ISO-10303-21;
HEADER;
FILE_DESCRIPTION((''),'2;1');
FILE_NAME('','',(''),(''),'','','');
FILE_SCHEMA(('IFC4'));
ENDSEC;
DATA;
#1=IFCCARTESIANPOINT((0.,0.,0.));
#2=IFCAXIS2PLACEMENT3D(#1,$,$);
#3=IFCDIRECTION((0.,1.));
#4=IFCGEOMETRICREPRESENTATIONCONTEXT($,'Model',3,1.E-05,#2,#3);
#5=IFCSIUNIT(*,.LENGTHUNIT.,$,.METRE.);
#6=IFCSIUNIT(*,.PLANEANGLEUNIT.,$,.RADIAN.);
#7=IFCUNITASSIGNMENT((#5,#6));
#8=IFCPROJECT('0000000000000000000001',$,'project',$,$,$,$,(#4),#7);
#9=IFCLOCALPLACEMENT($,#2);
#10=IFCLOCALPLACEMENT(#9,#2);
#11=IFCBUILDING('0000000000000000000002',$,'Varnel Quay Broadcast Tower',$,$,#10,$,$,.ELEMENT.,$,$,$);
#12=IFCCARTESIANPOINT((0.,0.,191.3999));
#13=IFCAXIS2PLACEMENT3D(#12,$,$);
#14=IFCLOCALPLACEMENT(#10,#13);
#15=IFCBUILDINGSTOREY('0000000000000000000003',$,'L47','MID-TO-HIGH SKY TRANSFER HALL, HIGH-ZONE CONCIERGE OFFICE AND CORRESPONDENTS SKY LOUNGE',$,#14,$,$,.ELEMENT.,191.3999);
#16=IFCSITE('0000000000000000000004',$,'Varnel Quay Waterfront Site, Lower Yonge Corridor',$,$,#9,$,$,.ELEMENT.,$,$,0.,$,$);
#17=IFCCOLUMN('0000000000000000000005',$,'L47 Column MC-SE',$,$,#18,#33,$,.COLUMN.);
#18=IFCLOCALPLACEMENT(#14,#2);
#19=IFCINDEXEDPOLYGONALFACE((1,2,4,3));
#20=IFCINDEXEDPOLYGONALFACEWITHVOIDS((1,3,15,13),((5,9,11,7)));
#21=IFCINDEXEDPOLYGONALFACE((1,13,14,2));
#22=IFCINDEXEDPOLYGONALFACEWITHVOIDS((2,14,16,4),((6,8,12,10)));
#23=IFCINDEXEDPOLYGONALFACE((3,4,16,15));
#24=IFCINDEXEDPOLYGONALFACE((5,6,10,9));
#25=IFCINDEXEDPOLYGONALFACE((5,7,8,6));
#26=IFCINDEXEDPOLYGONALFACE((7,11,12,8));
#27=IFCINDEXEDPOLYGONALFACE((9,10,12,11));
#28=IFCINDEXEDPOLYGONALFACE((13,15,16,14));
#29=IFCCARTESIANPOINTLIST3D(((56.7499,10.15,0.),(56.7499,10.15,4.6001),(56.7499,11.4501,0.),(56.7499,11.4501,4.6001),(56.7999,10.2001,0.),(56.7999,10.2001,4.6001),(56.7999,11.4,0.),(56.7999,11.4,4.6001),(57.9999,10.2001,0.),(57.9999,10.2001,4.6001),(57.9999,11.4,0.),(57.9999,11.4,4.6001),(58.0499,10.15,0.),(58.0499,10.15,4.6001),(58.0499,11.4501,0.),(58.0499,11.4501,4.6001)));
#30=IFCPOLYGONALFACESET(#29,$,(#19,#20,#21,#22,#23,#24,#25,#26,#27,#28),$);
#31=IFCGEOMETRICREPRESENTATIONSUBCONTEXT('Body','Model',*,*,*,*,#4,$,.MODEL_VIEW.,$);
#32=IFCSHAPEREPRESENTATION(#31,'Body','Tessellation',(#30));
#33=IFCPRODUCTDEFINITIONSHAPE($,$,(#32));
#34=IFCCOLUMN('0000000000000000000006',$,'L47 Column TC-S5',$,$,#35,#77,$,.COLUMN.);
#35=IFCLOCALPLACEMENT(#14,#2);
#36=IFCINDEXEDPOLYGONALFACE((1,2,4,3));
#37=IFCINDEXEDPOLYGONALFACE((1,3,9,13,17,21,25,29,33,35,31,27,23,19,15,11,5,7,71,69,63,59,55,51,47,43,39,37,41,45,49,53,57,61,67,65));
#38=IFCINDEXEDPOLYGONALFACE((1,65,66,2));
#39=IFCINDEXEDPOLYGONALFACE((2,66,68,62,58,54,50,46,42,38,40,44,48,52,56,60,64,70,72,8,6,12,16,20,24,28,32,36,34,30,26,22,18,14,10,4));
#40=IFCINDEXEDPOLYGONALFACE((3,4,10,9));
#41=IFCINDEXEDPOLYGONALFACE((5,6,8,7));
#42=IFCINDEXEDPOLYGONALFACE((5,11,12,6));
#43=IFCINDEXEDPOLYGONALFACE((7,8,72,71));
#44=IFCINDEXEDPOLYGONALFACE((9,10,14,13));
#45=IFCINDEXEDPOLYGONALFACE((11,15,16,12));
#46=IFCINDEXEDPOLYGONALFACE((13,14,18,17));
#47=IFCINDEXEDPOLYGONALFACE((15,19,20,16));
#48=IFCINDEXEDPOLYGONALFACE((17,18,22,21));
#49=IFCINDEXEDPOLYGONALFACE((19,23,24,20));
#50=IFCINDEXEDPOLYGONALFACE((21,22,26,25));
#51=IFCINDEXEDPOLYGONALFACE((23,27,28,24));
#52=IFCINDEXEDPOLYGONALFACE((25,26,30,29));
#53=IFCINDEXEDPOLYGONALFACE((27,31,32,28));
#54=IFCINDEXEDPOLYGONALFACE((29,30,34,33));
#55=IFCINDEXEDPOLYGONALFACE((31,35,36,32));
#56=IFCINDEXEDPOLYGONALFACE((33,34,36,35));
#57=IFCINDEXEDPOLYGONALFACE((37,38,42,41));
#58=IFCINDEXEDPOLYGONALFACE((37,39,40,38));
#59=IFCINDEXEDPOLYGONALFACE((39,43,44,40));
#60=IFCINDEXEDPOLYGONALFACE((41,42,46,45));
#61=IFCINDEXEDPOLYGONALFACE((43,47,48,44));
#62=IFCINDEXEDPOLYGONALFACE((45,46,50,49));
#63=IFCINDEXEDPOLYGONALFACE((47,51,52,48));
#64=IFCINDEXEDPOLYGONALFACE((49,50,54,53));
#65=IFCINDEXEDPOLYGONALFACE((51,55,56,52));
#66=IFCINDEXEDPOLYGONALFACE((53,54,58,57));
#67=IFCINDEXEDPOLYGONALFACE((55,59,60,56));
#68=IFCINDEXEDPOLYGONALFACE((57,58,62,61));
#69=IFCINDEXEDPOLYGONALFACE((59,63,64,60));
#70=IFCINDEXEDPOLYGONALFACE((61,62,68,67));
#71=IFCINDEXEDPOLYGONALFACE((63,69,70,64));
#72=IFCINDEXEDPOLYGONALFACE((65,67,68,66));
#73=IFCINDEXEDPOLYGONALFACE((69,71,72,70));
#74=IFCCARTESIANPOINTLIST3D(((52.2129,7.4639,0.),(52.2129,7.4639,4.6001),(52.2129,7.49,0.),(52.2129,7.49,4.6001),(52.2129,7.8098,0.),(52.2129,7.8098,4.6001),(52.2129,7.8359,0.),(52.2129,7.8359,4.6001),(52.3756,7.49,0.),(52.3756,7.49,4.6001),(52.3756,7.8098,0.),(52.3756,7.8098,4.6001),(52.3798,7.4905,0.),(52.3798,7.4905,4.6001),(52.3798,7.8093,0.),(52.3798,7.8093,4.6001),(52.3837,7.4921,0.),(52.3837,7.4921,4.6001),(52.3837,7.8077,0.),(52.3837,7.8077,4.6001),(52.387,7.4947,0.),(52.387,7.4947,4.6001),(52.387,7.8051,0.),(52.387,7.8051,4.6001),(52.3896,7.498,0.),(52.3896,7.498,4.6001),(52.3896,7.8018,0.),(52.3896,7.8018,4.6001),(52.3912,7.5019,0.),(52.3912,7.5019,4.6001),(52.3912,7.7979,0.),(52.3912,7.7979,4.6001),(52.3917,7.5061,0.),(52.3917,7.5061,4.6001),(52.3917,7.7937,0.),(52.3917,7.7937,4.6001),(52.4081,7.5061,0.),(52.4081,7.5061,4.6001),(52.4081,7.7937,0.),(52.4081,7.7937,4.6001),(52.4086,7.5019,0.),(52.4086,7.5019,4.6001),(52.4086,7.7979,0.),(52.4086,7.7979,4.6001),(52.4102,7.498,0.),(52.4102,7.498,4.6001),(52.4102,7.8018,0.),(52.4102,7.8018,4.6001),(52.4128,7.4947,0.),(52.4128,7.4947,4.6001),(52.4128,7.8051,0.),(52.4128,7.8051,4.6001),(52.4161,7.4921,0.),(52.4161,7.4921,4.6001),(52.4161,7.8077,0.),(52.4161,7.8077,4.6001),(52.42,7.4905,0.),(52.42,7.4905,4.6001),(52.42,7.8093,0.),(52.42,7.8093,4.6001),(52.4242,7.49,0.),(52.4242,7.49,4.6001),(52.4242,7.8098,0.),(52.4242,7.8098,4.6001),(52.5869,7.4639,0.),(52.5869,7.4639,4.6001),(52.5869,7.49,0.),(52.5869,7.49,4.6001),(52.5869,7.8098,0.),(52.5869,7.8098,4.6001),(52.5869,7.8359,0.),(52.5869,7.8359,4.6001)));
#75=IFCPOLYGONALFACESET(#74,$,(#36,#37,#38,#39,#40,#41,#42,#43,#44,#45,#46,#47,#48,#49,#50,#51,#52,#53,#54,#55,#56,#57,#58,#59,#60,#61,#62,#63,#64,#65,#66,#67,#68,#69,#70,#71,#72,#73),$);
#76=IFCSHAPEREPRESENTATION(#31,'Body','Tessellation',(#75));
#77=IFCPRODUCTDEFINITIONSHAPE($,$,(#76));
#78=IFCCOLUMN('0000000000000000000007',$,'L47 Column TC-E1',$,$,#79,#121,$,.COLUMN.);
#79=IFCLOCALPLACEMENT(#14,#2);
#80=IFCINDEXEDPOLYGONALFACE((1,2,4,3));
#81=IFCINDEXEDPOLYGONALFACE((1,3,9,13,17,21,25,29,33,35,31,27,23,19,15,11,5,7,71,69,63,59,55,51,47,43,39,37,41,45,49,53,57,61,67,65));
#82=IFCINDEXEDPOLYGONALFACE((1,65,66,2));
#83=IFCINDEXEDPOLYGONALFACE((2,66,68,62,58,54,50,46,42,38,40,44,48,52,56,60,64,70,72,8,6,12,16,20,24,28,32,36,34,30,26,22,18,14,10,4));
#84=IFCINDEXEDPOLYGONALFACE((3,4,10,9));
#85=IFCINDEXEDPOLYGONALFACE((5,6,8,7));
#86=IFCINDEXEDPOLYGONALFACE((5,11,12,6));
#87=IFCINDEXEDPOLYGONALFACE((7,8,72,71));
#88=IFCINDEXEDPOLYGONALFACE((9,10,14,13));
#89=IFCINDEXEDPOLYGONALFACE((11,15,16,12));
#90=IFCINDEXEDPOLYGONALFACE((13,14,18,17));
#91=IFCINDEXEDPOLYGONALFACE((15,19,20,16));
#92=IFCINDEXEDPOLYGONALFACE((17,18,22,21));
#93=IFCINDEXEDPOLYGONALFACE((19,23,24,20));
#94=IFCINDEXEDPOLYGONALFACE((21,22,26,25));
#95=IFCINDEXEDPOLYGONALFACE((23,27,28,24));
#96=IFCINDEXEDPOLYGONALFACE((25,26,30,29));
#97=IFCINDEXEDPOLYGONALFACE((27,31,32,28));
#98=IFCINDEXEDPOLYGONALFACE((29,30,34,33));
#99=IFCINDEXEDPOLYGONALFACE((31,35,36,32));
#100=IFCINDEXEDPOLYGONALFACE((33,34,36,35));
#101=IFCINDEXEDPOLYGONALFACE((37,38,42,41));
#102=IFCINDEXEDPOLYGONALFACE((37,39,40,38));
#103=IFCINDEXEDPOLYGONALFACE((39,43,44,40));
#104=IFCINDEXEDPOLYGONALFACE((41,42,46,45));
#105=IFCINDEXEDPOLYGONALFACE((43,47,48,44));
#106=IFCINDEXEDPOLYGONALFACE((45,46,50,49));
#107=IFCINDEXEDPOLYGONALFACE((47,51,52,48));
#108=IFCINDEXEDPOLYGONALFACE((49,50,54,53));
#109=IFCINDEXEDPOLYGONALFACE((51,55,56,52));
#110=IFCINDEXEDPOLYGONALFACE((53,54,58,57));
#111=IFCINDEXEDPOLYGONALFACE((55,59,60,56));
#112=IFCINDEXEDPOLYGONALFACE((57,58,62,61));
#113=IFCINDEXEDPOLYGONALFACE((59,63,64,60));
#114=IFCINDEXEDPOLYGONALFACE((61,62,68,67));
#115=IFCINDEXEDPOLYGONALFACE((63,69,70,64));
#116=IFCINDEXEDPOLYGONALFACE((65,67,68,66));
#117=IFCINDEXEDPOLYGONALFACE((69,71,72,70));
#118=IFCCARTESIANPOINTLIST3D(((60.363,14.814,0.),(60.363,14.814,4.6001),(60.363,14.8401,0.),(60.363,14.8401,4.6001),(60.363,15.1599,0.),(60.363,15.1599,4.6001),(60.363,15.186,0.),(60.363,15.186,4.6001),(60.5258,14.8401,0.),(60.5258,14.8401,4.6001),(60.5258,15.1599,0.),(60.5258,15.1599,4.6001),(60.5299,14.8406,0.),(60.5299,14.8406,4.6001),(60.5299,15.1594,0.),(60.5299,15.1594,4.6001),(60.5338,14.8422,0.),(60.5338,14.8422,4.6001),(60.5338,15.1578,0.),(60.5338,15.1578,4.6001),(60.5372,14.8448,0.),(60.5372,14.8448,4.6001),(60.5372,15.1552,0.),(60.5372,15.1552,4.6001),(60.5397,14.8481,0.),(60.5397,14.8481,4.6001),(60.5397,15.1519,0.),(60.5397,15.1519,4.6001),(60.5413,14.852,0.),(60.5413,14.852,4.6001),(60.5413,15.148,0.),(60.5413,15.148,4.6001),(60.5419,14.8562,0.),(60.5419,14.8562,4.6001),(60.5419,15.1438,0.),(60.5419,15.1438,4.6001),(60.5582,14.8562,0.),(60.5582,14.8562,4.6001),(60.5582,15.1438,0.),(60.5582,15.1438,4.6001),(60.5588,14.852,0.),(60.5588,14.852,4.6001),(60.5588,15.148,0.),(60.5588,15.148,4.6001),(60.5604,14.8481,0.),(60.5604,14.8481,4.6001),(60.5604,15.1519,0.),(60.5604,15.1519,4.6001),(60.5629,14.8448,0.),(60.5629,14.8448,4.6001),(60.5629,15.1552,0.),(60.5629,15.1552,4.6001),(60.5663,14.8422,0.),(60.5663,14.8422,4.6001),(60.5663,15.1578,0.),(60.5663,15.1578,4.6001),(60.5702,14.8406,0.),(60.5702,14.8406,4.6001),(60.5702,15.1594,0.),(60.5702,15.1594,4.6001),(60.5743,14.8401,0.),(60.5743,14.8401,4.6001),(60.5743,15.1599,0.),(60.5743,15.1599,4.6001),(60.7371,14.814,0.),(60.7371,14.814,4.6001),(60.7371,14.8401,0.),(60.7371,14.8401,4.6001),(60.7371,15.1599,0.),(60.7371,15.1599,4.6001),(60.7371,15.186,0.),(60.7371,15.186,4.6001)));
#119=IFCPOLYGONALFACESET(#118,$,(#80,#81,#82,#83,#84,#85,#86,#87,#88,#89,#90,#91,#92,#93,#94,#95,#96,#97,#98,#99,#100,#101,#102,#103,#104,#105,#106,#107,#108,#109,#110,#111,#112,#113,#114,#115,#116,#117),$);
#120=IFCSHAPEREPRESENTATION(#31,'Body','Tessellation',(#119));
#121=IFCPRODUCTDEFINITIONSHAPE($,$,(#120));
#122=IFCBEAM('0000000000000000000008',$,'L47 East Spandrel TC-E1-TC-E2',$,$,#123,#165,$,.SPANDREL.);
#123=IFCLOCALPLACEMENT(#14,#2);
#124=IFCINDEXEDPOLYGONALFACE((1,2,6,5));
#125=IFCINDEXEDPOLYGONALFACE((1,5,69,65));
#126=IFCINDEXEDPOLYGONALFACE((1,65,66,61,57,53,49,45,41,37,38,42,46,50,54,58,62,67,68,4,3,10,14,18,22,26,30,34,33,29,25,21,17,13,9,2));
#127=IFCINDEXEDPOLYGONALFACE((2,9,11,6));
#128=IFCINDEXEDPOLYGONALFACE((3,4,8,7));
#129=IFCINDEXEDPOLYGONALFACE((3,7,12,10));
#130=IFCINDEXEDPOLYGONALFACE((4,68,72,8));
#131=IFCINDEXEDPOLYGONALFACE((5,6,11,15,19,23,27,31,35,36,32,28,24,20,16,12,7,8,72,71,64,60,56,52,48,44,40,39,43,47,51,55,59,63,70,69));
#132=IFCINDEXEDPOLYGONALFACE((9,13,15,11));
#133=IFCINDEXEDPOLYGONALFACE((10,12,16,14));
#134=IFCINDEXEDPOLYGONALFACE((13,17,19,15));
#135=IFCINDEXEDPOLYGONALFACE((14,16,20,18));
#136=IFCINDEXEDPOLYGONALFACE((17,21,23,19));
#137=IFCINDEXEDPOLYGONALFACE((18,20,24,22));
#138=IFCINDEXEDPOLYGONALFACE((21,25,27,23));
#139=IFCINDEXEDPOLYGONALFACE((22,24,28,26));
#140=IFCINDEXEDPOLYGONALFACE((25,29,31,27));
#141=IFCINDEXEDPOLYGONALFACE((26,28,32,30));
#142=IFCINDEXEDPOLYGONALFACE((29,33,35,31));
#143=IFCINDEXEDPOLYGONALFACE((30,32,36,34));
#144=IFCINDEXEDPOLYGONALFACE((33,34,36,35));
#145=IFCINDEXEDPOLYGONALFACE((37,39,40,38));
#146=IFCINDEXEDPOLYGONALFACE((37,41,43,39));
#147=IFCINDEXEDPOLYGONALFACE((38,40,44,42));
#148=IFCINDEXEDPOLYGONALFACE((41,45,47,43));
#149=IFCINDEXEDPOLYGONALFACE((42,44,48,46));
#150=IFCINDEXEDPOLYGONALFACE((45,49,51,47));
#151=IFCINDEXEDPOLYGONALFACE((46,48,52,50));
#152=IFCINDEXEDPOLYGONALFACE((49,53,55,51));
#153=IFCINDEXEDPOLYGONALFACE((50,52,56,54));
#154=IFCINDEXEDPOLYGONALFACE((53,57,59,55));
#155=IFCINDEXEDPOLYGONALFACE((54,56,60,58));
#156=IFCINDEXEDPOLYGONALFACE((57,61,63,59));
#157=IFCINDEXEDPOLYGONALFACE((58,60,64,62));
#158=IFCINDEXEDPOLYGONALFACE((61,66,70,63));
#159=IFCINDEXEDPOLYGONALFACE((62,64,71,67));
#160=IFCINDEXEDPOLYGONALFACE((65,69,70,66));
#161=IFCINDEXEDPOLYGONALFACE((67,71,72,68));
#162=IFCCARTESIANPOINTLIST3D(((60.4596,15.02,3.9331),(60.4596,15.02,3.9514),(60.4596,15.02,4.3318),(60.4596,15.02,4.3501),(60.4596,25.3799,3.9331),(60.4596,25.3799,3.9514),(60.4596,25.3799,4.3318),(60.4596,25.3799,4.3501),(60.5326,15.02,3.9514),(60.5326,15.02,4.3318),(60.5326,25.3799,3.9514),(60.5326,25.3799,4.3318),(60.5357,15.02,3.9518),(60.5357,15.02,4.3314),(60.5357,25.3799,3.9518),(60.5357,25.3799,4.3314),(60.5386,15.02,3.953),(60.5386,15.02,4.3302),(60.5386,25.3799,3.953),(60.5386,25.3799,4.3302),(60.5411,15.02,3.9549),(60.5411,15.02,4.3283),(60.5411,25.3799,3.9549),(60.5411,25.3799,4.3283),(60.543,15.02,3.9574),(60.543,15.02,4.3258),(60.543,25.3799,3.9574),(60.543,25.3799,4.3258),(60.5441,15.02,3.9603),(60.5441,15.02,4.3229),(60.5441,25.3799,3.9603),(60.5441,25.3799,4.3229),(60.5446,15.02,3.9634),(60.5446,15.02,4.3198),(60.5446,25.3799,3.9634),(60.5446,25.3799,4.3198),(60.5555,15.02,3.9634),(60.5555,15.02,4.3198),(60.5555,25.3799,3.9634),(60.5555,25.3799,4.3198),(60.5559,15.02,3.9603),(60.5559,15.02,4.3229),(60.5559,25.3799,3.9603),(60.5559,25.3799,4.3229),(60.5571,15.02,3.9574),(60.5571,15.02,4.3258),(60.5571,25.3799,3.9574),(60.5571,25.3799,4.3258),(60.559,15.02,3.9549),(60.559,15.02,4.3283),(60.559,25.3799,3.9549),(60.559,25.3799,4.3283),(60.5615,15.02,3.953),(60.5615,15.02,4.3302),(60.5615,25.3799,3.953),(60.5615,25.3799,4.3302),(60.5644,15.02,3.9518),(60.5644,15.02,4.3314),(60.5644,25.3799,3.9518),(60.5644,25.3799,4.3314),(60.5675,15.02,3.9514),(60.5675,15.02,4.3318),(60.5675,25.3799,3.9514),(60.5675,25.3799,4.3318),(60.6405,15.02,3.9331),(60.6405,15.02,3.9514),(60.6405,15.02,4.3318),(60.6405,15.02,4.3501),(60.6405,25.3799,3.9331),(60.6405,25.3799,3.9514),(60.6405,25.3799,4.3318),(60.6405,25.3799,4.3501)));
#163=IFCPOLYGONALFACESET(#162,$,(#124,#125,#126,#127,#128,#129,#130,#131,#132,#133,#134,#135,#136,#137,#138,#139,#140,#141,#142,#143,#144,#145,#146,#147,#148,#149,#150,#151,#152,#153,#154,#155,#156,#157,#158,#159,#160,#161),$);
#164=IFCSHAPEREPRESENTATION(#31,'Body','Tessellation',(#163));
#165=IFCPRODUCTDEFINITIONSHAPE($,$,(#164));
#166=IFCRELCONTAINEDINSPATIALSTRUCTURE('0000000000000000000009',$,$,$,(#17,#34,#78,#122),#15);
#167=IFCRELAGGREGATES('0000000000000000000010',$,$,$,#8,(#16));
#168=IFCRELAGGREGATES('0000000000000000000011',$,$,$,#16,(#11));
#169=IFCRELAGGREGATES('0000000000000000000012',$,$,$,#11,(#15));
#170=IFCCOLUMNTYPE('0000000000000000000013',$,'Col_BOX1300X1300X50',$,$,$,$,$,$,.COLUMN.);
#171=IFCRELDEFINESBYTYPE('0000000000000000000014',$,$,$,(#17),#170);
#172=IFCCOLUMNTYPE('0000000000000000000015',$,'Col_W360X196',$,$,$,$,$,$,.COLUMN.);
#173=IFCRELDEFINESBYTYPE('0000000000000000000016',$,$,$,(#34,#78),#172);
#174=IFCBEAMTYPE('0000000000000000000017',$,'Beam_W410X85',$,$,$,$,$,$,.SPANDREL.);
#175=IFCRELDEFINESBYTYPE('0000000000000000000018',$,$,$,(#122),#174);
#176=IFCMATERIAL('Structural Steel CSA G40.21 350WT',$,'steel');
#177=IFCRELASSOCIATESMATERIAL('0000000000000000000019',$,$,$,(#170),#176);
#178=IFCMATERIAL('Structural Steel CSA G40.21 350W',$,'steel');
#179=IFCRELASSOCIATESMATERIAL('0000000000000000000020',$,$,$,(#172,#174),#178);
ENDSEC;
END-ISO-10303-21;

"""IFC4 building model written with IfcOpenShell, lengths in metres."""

from ifc_helpers import new_model, si_unit, direction, frame, origin, origin_2d, place, context, subcontext, project, spatial, hollow_rectangle, i_section, extrude, source, transform, mapped, material, material_profile, profile_set, type_object, type_shapes, element, save


model = new_model("IFC4")

# Units and contexts
model_context = context("Model", 3, precision=1e-05, world=origin(), true_north=direction((0.0, 1.0)))
body_context = subcontext(model_context, "Body", "Model", "MODEL_VIEW")
ifc_project = project(units=[si_unit("LENGTHUNIT", "METRE"), si_unit("PLANEANGLEUNIT", "RADIAN")], contexts=[model_context])

# Site, building, storey
site_placement = place(None, origin())
site = spatial("IfcSite", under=ifc_project, at=site_placement, Name="Varnel Quay Waterfront Site, Lower Yonge Corridor", CompositionType="ELEMENT", RefElevation=0.0)
building_placement = place(site_placement, origin())
building = spatial("IfcBuilding", under=site, at=building_placement, Name="Varnel Quay Broadcast Tower", CompositionType="ELEMENT")
storey_placement = place(building_placement, frame((0.0, 0.0, 191.3999)))
storey = spatial("IfcBuildingStorey", under=building, at=storey_placement, Name="L47", Description="MID-TO-HIGH SKY TRANSFER HALL, HIGH-ZONE CONCIERGE OFFICE AND CORRESPONDENTS SKY LOUNGE", CompositionType="ELEMENT", Elevation=191.3999)

# Columns
ifc_material_1 = material(Name="Structural Steel CSA G40.21 350WT", Category="steel")
ifc_material_profile_1 = material_profile(ifc_material_1, hollow_rectangle(XDim=1.3, YDim=1.3, WallThickness=0.05, at=origin_2d()), Name="BOX1300X1300X50")
ifc_profile_set_1 = profile_set([ifc_material_profile_1], Name="Structural Steel CSA G40.21 350WT")
column_type_1 = type_object("IfcColumnType", Name="Col_BOX1300X1300X50", PredefinedType="COLUMN", material=ifc_profile_set_1)
shared_shape_1 = source(origin(), body_context, "Body", "SweptSolid", [
    extrude(hollow_rectangle(XDim=1.3, YDim=1.3, WallThickness=0.05, at=origin_2d()), origin(), (0.0, 0.0, 1.0), 4.6001),
])
type_shapes(column_type_1, [shared_shape_1])
column_placement = place(storey_placement, frame((57.3999, 10.8, 0.0), z_axis=(0.0, 0.0, 1.0), x_axis=(1.0, 0.0, 0.0)))
element("IfcColumn", 1, at=column_placement, inside=storey, type_object=column_type_1, Name="L47 Column MC-SE", PredefinedType="COLUMN", context=body_context, shape_type="MappedRepresentation", body=[
    mapped(shared_shape_1, transform((0.0, 0.0, 0.0), x_axis=(1.0, 0.0, 0.0), y_axis=(0.0, 1.0, 0.0), z_axis=(0.0, 0.0, 1.0), scale=1.0)),
])
ifc_material_2 = material(Name="Structural Steel CSA G40.21 350W", Category="steel")
ifc_material_profile_2 = material_profile(ifc_material_2, i_section(OverallWidth=0.374, OverallDepth=0.3721, WebThickness=0.0164, FlangeThickness=0.0261, FilletRadius=0.0161, at=origin_2d()), Name="W360X196")
ifc_profile_set_2 = profile_set([ifc_material_profile_2], Name="Structural Steel CSA G40.21 350W")
column_type_2 = type_object("IfcColumnType", Name="Col_W360X196", PredefinedType="COLUMN", material=ifc_profile_set_2)
shared_shape_2 = source(origin(), body_context, "Body", "SweptSolid", [
    extrude(i_section(OverallWidth=0.374, OverallDepth=0.3721, WebThickness=0.0164, FlangeThickness=0.0261, FilletRadius=0.0161, at=origin_2d()), origin(), (0.0, 0.0, 1.0), 4.6001),
])
type_shapes(column_type_2, [shared_shape_2])
for number, where, z_axis, x_axis, name in (
    (2, (52.3999, 7.6499, 0.0), (0.0, 0.0, 1.0), (1.0, 0.0, 0.0), "L47 Column TC-S5"),
    (3, (60.55, 15.0, 0.0), (0.0, 0.0, 1.0), (1.0, 0.0, 0.0), "L47 Column TC-E1"),
):
    element("IfcColumn", number, at=place(storey_placement, frame(where, z_axis=z_axis, x_axis=x_axis)), inside=storey, type_object=column_type_2, Name=name, PredefinedType="COLUMN", context=body_context, shape_type="MappedRepresentation", body=[
        mapped(shared_shape_2, transform((0.0, 0.0, 0.0), x_axis=(1.0, 0.0, 0.0), y_axis=(0.0, 1.0, 0.0), z_axis=(0.0, 0.0, 1.0), scale=1.0)),
    ])

# Beam
ifc_material_profile_3 = material_profile(ifc_material_2, i_section(OverallWidth=0.1809, OverallDepth=0.417, WebThickness=0.011, FlangeThickness=0.0183, FilletRadius=0.012, at=origin_2d()), Name="W410X85")
ifc_profile_set_3 = profile_set([ifc_material_profile_3], Name="Structural Steel CSA G40.21 350W")
beam_type = type_object("IfcBeamType", Name="Beam_W410X85", PredefinedType="SPANDREL", material=ifc_profile_set_3)
shared_shape_3 = source(origin(), body_context, "Body", "SweptSolid", [
    extrude(i_section(OverallWidth=0.1809, OverallDepth=0.417, WebThickness=0.011, FlangeThickness=0.0183, FilletRadius=0.012, at=origin_2d()), origin(), (0.0, 0.0, 1.0), 10.3599),
])
beam_1_placement = place(storey_placement, frame((60.55, 15.02, 4.1416), z_axis=(0.0, 1.0, 0.0), x_axis=(-1.0, 0.0, 0.0)))
element("IfcBeam", 4, at=beam_1_placement, inside=storey, type_object=beam_type, Name="L47 East Spandrel TC-E1-TC-E2", PredefinedType="SPANDREL", context=body_context, shape_type="MappedRepresentation", body=[
    mapped(shared_shape_3, transform((0.0, 0.0, 0.0), x_axis=(1.0, 0.0, 0.0), y_axis=(0.0, 1.0, 0.0), z_axis=(0.0, 0.0, 1.0), scale=1.0)),
])

save(model, "model.ifc")
